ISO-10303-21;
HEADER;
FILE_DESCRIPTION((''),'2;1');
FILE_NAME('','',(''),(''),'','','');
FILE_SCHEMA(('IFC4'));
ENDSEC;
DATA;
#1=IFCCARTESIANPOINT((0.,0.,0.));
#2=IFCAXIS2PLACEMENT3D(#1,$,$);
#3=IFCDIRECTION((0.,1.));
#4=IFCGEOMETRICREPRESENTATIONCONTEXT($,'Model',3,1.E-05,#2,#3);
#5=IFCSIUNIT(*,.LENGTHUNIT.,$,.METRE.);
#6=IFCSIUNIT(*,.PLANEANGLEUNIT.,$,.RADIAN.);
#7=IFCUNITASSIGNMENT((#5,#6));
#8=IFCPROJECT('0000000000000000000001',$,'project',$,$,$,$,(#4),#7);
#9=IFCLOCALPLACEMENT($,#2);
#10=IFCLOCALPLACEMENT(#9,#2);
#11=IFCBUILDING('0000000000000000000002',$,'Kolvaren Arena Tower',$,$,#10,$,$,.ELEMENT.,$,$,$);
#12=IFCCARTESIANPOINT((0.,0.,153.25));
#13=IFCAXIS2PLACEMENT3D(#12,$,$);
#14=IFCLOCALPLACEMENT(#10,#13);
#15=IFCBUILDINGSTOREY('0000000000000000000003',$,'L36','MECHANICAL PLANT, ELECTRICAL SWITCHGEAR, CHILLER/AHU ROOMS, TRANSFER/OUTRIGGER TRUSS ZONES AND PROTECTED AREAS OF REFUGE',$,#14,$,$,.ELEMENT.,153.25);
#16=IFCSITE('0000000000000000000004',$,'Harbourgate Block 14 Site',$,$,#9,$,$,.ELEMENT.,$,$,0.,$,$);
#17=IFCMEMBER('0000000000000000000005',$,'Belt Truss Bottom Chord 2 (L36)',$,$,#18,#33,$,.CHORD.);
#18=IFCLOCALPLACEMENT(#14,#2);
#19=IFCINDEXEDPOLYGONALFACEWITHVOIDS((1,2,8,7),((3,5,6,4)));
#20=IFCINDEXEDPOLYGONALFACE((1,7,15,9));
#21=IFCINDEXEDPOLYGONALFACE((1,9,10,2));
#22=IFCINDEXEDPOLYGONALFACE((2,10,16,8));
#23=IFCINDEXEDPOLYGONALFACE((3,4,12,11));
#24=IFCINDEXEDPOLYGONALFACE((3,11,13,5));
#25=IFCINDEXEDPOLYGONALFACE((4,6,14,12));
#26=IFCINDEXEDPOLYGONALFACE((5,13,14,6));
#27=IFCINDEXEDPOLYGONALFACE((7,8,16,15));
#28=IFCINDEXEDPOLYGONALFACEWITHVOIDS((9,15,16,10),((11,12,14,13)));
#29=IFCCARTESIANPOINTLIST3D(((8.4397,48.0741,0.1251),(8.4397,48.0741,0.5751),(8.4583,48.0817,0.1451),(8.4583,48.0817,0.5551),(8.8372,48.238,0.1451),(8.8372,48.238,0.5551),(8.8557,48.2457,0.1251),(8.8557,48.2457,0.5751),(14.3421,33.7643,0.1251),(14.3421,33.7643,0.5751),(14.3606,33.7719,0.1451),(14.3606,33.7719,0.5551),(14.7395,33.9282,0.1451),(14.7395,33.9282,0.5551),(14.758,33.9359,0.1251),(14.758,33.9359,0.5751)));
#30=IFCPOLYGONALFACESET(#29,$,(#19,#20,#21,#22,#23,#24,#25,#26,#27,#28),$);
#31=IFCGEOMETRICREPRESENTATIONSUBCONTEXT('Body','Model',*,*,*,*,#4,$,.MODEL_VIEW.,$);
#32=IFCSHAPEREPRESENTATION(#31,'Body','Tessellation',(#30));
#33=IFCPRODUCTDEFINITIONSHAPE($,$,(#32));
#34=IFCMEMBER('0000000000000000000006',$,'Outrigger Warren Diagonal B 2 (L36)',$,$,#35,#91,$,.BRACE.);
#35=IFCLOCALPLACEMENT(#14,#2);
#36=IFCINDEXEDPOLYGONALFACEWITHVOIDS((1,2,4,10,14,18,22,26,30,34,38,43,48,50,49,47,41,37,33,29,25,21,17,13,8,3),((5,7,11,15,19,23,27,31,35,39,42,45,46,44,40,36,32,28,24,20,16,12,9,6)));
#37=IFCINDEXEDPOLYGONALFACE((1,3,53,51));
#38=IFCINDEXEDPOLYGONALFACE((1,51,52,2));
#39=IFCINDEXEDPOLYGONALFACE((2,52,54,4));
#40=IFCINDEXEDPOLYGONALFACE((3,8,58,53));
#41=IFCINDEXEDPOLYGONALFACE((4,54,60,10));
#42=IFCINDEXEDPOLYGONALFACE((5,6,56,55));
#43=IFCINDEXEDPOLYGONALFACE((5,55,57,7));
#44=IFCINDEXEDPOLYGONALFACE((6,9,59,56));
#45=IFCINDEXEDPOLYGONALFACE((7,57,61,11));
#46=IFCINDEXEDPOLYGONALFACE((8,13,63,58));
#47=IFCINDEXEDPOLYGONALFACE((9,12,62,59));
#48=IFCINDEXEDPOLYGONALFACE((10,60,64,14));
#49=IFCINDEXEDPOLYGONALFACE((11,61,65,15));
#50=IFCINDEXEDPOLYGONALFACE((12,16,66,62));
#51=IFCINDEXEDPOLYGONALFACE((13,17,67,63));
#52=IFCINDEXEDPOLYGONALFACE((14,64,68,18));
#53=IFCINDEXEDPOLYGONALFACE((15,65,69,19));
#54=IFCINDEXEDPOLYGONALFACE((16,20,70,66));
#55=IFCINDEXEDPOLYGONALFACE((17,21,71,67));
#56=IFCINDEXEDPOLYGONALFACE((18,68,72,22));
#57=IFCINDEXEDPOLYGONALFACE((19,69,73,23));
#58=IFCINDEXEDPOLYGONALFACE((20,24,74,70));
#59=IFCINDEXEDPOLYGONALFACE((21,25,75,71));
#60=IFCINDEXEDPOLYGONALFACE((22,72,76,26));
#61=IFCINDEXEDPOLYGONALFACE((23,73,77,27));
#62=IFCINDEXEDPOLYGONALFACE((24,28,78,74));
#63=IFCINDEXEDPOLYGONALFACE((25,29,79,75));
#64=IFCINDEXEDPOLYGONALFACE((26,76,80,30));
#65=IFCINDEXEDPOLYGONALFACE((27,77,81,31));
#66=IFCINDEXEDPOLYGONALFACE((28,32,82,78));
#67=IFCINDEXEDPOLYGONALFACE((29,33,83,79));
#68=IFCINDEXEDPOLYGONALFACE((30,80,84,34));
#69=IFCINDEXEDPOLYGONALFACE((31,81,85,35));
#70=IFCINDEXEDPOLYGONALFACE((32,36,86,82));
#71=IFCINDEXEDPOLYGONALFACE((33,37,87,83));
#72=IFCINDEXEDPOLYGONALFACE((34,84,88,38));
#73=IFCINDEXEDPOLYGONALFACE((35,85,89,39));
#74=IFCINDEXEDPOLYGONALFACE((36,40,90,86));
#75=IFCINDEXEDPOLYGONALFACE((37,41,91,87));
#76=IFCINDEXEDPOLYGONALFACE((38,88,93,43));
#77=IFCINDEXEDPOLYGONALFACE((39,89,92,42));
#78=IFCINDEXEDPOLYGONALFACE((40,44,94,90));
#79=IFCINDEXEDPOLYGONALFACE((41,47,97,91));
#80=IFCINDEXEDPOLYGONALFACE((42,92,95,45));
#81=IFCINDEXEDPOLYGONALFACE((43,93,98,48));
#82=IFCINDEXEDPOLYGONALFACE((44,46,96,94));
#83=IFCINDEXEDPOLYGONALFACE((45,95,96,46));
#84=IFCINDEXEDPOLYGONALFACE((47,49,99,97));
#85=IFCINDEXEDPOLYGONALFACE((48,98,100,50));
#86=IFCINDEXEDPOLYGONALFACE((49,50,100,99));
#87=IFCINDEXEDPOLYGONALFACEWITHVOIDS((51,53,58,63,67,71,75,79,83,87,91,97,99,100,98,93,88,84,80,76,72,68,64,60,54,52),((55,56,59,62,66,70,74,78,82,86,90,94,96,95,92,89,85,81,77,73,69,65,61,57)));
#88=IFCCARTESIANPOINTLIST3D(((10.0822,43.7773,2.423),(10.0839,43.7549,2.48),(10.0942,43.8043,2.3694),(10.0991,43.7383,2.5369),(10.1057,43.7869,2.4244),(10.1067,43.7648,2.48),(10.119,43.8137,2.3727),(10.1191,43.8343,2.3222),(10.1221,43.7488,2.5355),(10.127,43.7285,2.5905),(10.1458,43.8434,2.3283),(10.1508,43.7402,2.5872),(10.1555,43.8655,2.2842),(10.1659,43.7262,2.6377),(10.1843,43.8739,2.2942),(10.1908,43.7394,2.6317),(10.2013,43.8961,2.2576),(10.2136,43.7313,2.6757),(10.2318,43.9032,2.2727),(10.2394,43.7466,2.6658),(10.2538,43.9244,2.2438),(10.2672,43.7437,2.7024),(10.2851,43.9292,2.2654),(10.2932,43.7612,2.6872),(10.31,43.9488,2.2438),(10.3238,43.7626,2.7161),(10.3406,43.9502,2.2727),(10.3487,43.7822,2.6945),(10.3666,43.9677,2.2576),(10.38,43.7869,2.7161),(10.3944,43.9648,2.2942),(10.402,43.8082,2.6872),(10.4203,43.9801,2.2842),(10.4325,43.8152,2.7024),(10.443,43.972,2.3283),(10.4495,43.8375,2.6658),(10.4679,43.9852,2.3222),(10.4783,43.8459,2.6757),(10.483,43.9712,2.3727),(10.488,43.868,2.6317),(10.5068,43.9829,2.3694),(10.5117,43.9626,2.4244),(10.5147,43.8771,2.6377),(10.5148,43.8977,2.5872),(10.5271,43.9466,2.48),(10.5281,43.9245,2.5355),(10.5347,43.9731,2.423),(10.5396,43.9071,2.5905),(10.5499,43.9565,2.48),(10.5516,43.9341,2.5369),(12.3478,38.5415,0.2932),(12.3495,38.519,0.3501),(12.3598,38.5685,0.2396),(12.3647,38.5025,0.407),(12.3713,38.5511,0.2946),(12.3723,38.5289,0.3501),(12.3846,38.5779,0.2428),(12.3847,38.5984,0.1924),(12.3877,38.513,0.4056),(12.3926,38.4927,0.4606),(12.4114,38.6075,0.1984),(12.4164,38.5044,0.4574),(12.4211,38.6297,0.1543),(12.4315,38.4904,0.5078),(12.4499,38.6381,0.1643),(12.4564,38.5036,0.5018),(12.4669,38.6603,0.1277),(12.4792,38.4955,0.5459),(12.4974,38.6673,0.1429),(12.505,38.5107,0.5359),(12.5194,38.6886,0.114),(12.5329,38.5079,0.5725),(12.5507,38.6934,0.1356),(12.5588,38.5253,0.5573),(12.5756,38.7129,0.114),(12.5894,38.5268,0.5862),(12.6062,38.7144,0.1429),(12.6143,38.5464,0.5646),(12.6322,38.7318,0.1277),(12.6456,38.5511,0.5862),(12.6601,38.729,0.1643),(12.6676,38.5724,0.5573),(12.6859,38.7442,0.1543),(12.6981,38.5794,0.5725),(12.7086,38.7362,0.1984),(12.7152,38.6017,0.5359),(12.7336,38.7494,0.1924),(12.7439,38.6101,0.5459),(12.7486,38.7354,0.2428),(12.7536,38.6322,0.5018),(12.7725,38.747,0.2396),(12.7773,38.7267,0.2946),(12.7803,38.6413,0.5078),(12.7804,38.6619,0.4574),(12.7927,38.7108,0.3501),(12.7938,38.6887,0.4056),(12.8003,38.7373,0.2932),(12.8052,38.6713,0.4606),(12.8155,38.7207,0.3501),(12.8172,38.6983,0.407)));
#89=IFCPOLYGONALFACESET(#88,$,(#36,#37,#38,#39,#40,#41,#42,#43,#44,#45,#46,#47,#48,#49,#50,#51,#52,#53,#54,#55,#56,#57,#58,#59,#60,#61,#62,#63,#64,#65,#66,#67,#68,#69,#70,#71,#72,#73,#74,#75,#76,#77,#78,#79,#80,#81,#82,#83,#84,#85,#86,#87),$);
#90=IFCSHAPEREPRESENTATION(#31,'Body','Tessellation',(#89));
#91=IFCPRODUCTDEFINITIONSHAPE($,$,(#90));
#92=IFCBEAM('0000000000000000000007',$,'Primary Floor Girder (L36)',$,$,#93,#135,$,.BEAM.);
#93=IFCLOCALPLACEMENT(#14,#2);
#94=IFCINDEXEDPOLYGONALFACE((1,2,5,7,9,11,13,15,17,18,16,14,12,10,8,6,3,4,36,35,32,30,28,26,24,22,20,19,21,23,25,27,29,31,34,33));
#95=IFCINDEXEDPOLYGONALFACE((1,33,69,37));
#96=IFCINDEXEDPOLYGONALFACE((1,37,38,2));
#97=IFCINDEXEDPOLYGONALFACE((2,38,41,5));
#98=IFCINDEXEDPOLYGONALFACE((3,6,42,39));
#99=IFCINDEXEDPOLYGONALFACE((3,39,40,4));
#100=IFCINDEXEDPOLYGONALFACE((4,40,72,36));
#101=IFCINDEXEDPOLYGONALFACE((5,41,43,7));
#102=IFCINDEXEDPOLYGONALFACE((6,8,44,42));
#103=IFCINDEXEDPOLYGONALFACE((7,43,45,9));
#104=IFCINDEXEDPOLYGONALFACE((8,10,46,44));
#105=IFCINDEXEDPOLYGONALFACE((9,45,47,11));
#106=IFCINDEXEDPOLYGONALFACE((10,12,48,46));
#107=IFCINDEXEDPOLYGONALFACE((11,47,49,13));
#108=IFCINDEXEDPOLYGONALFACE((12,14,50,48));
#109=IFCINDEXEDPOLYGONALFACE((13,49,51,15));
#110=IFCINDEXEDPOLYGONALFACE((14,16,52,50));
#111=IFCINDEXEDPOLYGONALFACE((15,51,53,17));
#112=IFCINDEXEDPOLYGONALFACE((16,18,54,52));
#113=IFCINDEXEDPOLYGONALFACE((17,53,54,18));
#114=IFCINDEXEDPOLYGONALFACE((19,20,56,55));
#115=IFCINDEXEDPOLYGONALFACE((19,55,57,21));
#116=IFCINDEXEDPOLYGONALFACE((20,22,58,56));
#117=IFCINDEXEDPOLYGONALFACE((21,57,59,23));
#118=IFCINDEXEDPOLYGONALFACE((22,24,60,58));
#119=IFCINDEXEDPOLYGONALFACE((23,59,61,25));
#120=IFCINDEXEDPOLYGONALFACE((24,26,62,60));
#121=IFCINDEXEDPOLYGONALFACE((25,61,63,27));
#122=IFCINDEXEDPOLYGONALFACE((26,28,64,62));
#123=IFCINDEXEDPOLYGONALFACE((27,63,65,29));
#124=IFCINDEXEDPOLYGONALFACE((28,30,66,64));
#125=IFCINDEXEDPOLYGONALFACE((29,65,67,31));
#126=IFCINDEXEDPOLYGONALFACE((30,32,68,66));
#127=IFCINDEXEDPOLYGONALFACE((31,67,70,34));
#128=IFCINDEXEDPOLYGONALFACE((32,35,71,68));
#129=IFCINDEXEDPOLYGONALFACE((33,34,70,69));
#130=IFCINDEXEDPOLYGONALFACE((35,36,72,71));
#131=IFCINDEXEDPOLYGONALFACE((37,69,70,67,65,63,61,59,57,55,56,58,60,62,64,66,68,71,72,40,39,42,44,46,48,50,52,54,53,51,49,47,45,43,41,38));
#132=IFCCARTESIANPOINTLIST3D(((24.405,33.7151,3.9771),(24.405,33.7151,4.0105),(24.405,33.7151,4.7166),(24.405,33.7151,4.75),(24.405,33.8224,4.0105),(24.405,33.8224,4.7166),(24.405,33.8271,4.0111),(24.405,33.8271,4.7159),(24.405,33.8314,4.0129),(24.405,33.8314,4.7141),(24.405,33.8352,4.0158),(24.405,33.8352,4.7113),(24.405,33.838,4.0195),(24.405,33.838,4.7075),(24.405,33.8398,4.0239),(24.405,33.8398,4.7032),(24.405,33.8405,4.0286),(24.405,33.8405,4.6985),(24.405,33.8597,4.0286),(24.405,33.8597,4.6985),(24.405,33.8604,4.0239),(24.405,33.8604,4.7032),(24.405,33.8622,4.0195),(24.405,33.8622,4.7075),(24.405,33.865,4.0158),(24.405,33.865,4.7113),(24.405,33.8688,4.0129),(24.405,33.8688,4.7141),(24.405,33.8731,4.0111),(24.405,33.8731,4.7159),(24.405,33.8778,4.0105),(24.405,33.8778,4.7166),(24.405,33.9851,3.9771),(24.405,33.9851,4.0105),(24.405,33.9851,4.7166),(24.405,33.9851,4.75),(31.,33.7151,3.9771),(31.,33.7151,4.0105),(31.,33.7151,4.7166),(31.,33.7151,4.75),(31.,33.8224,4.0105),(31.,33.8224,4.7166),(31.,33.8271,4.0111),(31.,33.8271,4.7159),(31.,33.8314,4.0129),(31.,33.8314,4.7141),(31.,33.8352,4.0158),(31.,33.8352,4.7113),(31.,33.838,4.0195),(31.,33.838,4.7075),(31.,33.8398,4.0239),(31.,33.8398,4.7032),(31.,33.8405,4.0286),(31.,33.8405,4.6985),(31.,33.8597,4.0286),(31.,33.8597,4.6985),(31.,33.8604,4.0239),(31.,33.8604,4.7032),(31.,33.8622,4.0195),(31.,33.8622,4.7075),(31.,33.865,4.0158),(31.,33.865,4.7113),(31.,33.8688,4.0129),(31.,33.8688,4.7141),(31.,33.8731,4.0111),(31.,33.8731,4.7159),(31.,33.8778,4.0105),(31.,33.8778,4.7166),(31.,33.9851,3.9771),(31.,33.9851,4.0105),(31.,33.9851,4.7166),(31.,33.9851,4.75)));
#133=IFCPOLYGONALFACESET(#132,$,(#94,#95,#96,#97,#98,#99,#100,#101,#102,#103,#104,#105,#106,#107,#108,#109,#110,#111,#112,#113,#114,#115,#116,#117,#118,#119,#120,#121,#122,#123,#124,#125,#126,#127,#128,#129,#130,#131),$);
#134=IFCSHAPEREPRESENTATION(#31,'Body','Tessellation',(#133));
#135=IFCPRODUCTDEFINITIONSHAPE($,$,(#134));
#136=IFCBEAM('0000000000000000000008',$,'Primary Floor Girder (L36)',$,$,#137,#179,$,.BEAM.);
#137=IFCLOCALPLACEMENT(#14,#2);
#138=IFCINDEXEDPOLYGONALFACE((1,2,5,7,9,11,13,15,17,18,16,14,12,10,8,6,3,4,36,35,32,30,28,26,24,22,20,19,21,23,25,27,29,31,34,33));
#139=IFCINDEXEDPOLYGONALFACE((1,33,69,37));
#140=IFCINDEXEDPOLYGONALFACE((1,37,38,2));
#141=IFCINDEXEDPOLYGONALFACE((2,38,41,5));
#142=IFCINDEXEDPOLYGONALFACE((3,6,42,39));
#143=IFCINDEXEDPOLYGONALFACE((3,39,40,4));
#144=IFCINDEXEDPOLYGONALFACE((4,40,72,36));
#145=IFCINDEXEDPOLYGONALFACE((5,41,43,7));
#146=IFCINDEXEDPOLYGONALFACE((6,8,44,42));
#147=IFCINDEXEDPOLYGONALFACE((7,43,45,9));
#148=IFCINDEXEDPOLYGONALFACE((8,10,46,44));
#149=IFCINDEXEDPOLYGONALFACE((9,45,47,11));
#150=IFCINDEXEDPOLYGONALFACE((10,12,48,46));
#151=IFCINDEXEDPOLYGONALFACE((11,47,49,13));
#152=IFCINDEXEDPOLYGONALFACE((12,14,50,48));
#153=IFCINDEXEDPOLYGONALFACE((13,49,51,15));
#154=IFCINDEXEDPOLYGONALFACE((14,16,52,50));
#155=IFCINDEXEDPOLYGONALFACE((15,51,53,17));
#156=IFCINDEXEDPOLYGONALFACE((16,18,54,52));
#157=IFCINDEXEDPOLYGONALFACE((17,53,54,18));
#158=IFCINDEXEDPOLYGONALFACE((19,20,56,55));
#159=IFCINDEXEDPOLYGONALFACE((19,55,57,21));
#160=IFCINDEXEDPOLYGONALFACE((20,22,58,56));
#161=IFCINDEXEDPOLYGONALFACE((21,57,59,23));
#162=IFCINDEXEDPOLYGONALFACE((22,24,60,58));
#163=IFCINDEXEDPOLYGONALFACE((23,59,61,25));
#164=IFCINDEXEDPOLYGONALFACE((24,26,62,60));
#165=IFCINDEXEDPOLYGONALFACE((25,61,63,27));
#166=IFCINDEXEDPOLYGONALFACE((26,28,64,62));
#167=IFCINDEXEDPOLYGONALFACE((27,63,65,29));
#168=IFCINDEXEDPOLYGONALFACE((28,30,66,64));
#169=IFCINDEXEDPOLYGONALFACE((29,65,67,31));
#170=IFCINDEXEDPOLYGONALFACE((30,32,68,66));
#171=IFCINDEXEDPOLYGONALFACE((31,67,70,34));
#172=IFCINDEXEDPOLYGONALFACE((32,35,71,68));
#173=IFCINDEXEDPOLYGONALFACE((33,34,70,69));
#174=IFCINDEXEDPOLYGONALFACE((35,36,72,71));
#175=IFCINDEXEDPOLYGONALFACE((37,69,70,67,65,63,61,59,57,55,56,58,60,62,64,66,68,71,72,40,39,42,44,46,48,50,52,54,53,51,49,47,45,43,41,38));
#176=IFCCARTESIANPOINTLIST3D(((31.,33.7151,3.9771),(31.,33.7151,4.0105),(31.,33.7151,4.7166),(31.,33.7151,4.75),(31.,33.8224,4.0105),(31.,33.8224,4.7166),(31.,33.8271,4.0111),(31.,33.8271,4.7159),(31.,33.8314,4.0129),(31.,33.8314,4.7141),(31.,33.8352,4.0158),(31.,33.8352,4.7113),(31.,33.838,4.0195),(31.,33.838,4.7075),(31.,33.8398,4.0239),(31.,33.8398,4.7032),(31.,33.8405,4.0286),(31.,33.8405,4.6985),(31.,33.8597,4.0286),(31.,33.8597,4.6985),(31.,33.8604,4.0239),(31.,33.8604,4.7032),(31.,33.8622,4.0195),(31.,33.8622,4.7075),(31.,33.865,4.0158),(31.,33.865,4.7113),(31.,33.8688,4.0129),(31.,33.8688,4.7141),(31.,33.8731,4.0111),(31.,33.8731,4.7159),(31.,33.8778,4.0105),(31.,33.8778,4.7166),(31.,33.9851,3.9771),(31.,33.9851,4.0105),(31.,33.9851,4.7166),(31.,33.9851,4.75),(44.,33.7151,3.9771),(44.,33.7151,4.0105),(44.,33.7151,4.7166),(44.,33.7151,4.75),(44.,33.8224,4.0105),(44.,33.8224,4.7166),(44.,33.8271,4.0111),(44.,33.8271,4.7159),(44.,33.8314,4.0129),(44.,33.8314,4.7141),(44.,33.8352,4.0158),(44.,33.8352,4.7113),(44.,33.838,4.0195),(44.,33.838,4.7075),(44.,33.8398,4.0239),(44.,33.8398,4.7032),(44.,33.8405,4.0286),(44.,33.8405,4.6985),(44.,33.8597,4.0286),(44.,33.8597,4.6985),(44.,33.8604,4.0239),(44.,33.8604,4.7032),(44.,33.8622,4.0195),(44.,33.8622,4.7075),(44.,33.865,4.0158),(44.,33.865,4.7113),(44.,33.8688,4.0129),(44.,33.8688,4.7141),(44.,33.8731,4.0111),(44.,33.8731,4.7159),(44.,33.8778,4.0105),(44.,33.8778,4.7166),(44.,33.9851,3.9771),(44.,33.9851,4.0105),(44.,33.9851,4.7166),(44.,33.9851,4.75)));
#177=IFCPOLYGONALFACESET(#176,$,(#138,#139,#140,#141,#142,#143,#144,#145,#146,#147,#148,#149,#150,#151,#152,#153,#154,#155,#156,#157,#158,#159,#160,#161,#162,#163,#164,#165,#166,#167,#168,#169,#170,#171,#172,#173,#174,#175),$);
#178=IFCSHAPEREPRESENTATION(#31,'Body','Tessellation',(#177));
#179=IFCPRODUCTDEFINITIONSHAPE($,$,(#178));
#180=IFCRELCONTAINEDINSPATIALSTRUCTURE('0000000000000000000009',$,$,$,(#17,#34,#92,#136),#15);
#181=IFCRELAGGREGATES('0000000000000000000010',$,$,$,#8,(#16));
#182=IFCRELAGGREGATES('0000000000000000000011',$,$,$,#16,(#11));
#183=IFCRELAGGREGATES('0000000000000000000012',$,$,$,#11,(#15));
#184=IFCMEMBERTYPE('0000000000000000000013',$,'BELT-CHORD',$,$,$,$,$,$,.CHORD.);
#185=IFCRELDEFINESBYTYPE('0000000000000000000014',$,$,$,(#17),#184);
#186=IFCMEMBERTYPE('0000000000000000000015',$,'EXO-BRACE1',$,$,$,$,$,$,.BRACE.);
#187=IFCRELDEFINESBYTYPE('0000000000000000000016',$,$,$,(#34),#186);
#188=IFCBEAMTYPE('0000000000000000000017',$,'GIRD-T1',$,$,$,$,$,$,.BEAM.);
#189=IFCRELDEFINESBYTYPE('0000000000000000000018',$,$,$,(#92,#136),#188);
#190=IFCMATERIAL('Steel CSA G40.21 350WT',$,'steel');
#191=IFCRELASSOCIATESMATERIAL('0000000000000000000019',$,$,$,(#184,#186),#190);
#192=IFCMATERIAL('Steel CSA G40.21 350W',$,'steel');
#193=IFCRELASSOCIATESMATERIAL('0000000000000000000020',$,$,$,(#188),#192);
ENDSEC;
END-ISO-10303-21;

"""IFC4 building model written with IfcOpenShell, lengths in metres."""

from ifc_helpers import new_model, si_unit, direction, frame, origin, origin_2d, place, context, subcontext, project, spatial, hollow_rectangle, hollow_circle, i_section, extrude, material, material_profile, profile_set, type_object, element, save


model = new_model("IFC4")

# Units and contexts
model_context = context("Model", 3, precision=1e-05, world=origin(), true_north=direction((0.0, 1.0)))
body_context = subcontext(model_context, "Body", "Model", "MODEL_VIEW")
ifc_project = project(units=[si_unit("LENGTHUNIT", "METRE"), si_unit("PLANEANGLEUNIT", "RADIAN")], contexts=[model_context])

# Site, building, storey
site_placement = place(None, origin())
site = spatial("IfcSite", under=ifc_project, at=site_placement, Name="Harbourgate Block 14 Site", CompositionType="ELEMENT", RefElevation=0.0)
building_placement = place(site_placement, origin())
building = spatial("IfcBuilding", under=site, at=building_placement, Name="Kolvaren Arena Tower", CompositionType="ELEMENT")
storey_placement = place(building_placement, frame((0.0, 0.0, 153.25)))
storey = spatial("IfcBuildingStorey", under=building, at=storey_placement, Name="L36", Description="MECHANICAL PLANT, ELECTRICAL SWITCHGEAR, CHILLER/AHU ROOMS, TRANSFER/OUTRIGGER TRUSS ZONES AND PROTECTED AREAS OF REFUGE", CompositionType="ELEMENT", Elevation=153.25)

# Shared definitions
ifc_material_1 = material(Name="Steel CSA G40.21 350W", Category="steel")

# Members
ifc_material_2 = material(Name="Steel CSA G40.21 350WT", Category="steel")
ifc_material_profile_1 = material_profile(ifc_material_2, hollow_rectangle(XDim=0.45, YDim=0.45, WallThickness=0.02, at=origin_2d()), Name="HSS 450x450x20")
ifc_profile_set_1 = profile_set([ifc_material_profile_1], Name="Steel CSA G40.21 350WT")
member_type_1 = type_object("IfcMemberType", Name="BELT-CHORD", PredefinedType="CHORD", material=ifc_profile_set_1)
member_1_placement = place(storey_placement, frame((14.55, 33.8501, 0.3501), z_axis=(-0.381306, 0.924449, 0.0), x_axis=(-0.924449, -0.381306, 0.0)))
element("IfcMember", 1, at=member_1_placement, inside=storey, type_object=member_type_1, Name="Belt Truss Bottom Chord 2 (L36)", PredefinedType="CHORD", context=body_context, shape_type="SweptSolid", body=[
    extrude(hollow_rectangle(XDim=0.45, YDim=0.45, WallThickness=0.02, at=origin_2d()), origin(), (0.0, 0.0, 1.0), 15.4792),
])
ifc_material_profile_2 = material_profile(ifc_material_2, hollow_circle(Radius=0.2539, WallThickness=0.0249, at=origin_2d()), Name="CHS 508x25")
ifc_profile_set_2 = profile_set([ifc_material_profile_2], Name="Steel CSA G40.21 350WT")
member_type_2 = type_object("IfcMemberType", Name="EXO-BRACE1", PredefinedType="BRACE", material=ifc_profile_set_2)
member_2_placement = place(storey_placement, frame((12.5825, 38.6199, 0.3501), z_axis=(-0.372047, 0.859797, 0.349756), x_axis=(-0.917763, -0.397129, 0.0)))
element("IfcMember", 2, at=member_2_placement, inside=storey, type_object=member_type_2, Name="Outrigger Warren Diagonal B 2 (L36)", PredefinedType="BRACE", context=body_context, shape_type="SweptSolid", body=[
    extrude(hollow_circle(Radius=0.2539, WallThickness=0.0249, at=origin_2d()), origin(), (0.0, 0.0, 1.0), 6.0896),
])

# Beams
ifc_material_profile_3 = material_profile(ifc_material_1, i_section(OverallWidth=0.27, OverallDepth=0.7729, WebThickness=0.0193, FlangeThickness=0.0334, FilletRadius=0.0181, at=origin_2d()), Name="W760x257")
ifc_profile_set_3 = profile_set([ifc_material_profile_3], Name="Steel CSA G40.21 350W")
beam_type_1 = type_object("IfcBeamType", Name="GIRD-T1", PredefinedType="BEAM", material=ifc_profile_set_3)
beam_1_placement = place(storey_placement, frame((24.405, 33.8501, 4.3635), z_axis=(1.0, 0.0, 0.0), x_axis=(0.0, 1.0, 0.0)))
element("IfcBeam", 3, at=beam_1_placement, inside=storey, type_object=beam_type_1, Name="Primary Floor Girder (L36)", PredefinedType="BEAM", context=body_context, shape_type="SweptSolid", body=[
    extrude(i_section(OverallWidth=0.27, OverallDepth=0.7729, WebThickness=0.0193, FlangeThickness=0.0334, FilletRadius=0.0181, at=origin_2d()), origin(), (0.0, 0.0, 1.0), 6.595),
])
beam_2_placement = place(storey_placement, frame((31.0, 33.8501, 4.3635), z_axis=(1.0, 0.0, 0.0), x_axis=(0.0, 1.0, 0.0)))
element("IfcBeam", 4, at=beam_2_placement, inside=storey, type_object=beam_type_1, Name="Primary Floor Girder (L36)", PredefinedType="BEAM", context=body_context, shape_type="SweptSolid", body=[
    extrude(i_section(OverallWidth=0.27, OverallDepth=0.7729, WebThickness=0.0193, FlangeThickness=0.0334, FilletRadius=0.0181, at=origin_2d()), origin(), (0.0, 0.0, 1.0), 13.0),
])

save(model, "model.ifc")
